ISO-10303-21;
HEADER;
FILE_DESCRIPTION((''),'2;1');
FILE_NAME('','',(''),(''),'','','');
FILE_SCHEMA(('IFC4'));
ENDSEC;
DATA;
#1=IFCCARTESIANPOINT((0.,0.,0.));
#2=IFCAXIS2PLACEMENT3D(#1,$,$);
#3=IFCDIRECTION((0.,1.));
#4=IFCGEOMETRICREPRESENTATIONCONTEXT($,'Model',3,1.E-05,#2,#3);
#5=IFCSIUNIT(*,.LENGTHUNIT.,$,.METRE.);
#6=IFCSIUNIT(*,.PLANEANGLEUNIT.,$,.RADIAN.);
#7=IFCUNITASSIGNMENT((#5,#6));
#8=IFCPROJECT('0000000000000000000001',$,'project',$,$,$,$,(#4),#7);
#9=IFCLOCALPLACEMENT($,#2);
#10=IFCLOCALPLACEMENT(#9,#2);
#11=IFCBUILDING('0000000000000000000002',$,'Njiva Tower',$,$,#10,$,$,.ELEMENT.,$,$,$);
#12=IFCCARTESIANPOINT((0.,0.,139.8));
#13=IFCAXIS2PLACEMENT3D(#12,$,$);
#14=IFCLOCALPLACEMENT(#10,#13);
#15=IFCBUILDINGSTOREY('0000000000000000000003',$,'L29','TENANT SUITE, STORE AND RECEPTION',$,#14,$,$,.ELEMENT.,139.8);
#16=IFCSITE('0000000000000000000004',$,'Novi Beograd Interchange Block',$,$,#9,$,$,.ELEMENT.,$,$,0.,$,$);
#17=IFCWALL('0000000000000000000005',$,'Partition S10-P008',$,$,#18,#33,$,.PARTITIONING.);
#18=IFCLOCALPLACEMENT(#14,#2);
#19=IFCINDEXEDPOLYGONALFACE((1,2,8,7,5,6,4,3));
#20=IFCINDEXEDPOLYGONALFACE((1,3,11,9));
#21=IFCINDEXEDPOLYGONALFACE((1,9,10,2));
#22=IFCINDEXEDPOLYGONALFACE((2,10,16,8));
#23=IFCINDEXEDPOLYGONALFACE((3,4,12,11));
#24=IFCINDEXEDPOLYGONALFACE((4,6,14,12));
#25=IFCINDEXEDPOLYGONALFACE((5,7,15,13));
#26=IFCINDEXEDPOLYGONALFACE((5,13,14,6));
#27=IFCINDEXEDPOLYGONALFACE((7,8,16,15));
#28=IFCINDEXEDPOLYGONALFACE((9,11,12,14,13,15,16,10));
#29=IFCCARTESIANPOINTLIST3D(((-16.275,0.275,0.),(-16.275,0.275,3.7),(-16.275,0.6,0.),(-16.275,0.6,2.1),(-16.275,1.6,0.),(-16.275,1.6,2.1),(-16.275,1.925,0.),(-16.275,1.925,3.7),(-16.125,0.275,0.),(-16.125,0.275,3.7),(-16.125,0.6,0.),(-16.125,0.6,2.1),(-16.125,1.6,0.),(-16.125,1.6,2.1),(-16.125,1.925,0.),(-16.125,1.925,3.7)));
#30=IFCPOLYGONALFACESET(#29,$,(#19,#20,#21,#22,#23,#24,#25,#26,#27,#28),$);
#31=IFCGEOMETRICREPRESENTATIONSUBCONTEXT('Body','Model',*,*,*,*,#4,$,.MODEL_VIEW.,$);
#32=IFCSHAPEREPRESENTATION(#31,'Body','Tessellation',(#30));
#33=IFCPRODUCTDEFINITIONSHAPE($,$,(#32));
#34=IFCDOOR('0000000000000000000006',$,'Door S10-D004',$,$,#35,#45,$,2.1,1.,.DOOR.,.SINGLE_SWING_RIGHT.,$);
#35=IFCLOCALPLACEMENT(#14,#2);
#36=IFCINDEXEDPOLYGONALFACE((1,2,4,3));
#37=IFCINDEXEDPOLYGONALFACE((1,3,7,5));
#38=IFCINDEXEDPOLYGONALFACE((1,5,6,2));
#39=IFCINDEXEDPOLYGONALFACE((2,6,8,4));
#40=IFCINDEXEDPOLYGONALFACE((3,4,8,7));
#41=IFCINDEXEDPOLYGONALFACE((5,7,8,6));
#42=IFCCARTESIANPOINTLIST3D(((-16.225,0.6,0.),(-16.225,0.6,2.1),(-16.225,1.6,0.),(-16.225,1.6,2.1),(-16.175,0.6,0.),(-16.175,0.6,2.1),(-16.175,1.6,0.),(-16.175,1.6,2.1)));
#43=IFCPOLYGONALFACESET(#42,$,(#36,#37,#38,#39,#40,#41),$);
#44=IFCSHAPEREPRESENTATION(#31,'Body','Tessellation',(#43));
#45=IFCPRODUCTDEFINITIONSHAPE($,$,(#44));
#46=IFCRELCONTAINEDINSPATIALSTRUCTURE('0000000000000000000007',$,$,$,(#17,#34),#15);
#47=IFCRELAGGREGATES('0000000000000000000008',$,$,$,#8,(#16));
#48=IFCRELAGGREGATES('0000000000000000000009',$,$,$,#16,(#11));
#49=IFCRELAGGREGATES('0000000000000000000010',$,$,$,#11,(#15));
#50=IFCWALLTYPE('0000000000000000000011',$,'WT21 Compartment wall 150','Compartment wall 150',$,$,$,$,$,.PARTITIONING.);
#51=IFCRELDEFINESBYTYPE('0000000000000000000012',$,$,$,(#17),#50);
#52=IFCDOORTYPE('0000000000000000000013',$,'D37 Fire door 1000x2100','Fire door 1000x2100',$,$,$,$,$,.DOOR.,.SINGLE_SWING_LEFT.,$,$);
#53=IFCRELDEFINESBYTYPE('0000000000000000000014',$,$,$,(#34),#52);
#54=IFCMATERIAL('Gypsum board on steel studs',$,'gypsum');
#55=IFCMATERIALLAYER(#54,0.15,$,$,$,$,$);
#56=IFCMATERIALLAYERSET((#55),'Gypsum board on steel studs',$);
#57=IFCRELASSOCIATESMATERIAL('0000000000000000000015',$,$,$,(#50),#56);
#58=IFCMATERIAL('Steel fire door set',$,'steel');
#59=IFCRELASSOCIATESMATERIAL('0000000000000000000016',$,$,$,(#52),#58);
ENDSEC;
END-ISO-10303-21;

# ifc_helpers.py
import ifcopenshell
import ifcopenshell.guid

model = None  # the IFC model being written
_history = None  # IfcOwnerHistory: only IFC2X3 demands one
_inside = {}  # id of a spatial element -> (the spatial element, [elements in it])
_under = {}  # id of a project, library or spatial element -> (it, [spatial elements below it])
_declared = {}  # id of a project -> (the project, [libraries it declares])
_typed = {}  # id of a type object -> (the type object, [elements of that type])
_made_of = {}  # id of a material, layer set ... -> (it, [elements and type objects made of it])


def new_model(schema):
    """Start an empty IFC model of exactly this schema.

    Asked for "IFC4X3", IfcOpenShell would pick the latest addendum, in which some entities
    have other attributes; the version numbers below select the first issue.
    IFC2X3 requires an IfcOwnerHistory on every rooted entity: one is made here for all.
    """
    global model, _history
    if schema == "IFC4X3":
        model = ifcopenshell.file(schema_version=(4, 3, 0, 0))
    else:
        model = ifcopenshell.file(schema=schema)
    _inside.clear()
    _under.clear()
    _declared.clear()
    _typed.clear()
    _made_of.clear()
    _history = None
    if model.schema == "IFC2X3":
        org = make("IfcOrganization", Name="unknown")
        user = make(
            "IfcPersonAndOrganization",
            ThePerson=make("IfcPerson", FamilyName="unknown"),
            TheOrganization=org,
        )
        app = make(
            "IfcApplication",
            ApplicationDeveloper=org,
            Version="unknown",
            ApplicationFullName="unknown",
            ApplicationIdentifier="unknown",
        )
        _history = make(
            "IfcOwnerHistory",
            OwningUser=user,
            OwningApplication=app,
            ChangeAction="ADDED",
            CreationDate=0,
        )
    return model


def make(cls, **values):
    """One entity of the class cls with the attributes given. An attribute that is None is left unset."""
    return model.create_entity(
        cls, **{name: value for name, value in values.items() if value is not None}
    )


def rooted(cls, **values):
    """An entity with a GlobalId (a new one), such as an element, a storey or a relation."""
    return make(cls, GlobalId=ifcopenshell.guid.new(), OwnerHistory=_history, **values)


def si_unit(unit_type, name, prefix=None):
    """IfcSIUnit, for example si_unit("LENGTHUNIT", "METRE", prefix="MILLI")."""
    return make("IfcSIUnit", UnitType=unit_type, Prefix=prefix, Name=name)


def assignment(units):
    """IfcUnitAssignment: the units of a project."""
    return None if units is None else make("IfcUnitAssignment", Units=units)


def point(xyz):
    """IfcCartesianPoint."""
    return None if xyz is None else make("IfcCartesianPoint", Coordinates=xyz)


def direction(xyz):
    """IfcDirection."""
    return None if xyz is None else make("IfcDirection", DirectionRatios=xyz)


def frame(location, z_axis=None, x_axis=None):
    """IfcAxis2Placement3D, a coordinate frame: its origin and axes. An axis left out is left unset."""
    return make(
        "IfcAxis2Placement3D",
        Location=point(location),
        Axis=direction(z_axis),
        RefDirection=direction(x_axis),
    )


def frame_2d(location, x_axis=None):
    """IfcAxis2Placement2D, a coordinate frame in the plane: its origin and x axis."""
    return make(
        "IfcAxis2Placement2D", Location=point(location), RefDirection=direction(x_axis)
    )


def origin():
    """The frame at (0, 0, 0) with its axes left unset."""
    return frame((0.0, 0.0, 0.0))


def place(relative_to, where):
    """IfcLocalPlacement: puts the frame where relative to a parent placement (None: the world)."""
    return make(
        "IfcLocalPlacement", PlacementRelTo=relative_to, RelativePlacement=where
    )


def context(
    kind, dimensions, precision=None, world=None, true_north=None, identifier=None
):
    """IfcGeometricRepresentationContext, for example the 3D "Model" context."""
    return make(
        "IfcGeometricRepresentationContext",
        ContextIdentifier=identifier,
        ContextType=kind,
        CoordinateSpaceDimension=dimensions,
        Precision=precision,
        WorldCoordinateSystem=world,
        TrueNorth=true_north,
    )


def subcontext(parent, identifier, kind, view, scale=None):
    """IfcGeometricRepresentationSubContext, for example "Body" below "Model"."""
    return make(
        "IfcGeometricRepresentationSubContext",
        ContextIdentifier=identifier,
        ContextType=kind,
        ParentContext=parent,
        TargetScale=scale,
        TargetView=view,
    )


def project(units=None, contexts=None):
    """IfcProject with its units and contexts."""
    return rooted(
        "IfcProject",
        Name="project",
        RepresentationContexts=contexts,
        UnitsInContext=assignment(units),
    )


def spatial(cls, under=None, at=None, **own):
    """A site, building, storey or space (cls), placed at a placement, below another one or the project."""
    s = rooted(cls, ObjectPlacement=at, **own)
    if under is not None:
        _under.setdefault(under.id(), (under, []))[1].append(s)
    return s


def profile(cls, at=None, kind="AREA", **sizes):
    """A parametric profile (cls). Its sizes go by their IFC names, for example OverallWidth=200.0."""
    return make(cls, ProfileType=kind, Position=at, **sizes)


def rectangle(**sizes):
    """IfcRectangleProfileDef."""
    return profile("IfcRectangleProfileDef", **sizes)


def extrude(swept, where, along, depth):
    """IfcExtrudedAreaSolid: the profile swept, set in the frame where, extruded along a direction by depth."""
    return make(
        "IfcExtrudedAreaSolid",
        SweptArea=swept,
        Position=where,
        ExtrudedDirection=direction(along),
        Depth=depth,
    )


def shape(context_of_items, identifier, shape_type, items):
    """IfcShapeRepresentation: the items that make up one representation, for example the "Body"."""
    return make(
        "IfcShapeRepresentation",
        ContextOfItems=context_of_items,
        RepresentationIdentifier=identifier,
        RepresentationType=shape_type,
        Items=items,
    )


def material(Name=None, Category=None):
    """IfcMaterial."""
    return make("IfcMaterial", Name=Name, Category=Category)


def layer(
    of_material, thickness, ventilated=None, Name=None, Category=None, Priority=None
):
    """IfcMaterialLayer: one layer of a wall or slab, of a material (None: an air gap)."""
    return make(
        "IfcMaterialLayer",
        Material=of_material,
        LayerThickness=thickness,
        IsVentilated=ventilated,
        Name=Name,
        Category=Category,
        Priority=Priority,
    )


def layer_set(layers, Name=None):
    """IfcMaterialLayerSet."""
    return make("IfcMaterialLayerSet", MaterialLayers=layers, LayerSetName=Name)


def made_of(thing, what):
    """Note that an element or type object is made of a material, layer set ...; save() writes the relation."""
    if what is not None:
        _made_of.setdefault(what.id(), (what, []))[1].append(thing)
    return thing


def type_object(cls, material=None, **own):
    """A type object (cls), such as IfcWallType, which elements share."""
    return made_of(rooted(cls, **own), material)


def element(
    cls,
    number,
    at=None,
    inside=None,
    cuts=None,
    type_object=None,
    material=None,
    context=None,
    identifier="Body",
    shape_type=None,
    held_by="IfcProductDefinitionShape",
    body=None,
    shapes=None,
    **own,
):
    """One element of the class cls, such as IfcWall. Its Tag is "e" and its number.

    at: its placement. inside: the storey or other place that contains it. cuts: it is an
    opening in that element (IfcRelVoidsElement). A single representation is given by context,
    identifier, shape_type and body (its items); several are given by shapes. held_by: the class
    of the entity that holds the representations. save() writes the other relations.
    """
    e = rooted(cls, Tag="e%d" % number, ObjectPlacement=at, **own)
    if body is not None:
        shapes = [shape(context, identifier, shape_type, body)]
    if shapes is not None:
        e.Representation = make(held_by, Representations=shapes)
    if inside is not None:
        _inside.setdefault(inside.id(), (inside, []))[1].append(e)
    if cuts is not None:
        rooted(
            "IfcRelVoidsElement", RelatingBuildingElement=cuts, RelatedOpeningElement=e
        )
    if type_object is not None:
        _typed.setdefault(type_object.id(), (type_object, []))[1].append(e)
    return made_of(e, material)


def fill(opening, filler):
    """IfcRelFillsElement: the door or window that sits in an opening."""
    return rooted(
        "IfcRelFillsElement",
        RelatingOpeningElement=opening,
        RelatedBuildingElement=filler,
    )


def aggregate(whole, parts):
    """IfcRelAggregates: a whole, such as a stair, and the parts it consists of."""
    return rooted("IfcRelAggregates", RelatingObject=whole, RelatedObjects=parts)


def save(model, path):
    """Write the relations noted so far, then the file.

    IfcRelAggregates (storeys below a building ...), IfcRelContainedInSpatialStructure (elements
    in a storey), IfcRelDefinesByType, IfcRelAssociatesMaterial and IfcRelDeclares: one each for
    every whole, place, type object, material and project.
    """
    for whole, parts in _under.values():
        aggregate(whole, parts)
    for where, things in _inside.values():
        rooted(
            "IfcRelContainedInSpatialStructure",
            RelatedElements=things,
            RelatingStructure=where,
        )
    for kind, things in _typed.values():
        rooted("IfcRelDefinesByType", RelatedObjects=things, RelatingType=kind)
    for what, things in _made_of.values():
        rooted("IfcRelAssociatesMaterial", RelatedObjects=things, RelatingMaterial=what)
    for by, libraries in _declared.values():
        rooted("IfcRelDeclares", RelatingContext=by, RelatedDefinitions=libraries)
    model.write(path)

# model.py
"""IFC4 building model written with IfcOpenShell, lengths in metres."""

from ifc_helpers import new_model, si_unit, direction, frame, frame_2d, origin, place, context, subcontext, project, spatial, rectangle, extrude, material, layer, layer_set, type_object, element, fill, save


model = new_model("IFC4")

# Units and contexts
model_context = context("Model", 3, precision=1e-05, world=origin(), true_north=direction((0.0, 1.0)))
body_context = subcontext(model_context, "Body", "Model", "MODEL_VIEW")
ifc_project = project(units=[si_unit("LENGTHUNIT", "METRE"), si_unit("PLANEANGLEUNIT", "RADIAN")], contexts=[model_context])

# Site, building, storey
site_placement = place(None, origin())
site = spatial("IfcSite", under=ifc_project, at=site_placement, Name="Novi Beograd Interchange Block", CompositionType="ELEMENT", RefElevation=0.0)
building_placement = place(site_placement, origin())
building = spatial("IfcBuilding", under=site, at=building_placement, Name="Njiva Tower", CompositionType="ELEMENT")
storey_placement = place(building_placement, frame((0.0, 0.0, 139.8)))
storey = spatial("IfcBuildingStorey", under=building, at=storey_placement, Name="L29", Description="TENANT SUITE, STORE AND RECEPTION", CompositionType="ELEMENT", Elevation=139.8)

# Shared definitions
ifc_material_1 = material(Name="Gypsum board on steel studs", Category="gypsum")
ifc_layer = layer(ifc_material_1, 0.15)
ifc_layer_set = layer_set([ifc_layer], Name="Gypsum board on steel studs")
wall_type = type_object("IfcWallType", Name="WT21 Compartment wall 150", Description="Compartment wall 150", PredefinedType="PARTITIONING", material=ifc_layer_set)

# Wall, opening, door
wall_1_placement = place(storey_placement, frame((-16.2, 0.275, 0.0), z_axis=(0.0, 0.0, 1.0), x_axis=(0.0, 1.0, 0.0)))
wall_1 = element("IfcWall", 1, at=wall_1_placement, inside=storey, type_object=wall_type, Name="Partition S10-P008", PredefinedType="PARTITIONING", context=body_context, shape_type="SweptSolid", body=[
    extrude(rectangle(XDim=1.65, YDim=0.15, at=frame_2d((0.825, 0.0))), origin(), (0.0, 0.0, 1.0), 3.7),
])
opening_placement = place(wall_1_placement, frame((0.325, 0.0, 0.0)))
opening = element("IfcOpeningElement", 2, at=opening_placement, cuts=wall_1, PredefinedType="OPENING", context=body_context, shape_type="SweptSolid", body=[
    extrude(rectangle(XDim=1.0, YDim=2.1, at=frame_2d((0.5, 1.05))), frame((0.0, 0.085, 0.0), z_axis=(0.0, -1.0, 0.0), x_axis=(1.0, 0.0, 0.0)), (0.0, 0.0, 1.0), 0.17),
])
ifc_material_2 = material(Name="Steel fire door set", Category="steel")
door_type = type_object("IfcDoorType", Name="D37 Fire door 1000x2100", Description="Fire door 1000x2100", OperationType="SINGLE_SWING_LEFT", PredefinedType="DOOR", material=ifc_material_2)
door_placement = place(opening_placement, origin())
door = element("IfcDoor", 3, at=door_placement, inside=storey, type_object=door_type, Name="Door S10-D004", OperationType="SINGLE_SWING_RIGHT", OverallHeight=2.1, OverallWidth=1.0, PredefinedType="DOOR", context=body_context, shape_type="SweptSolid", body=[
    extrude(rectangle(XDim=1.0, YDim=2.1, at=frame_2d((0.5, 1.05))), frame((0.0, 0.025, 0.0), z_axis=(0.0, -1.0, 0.0), x_axis=(1.0, 0.0, 0.0)), (0.0, 0.0, 1.0), 0.05),
])
fill(opening, door)

save(model, "model.ifc")
